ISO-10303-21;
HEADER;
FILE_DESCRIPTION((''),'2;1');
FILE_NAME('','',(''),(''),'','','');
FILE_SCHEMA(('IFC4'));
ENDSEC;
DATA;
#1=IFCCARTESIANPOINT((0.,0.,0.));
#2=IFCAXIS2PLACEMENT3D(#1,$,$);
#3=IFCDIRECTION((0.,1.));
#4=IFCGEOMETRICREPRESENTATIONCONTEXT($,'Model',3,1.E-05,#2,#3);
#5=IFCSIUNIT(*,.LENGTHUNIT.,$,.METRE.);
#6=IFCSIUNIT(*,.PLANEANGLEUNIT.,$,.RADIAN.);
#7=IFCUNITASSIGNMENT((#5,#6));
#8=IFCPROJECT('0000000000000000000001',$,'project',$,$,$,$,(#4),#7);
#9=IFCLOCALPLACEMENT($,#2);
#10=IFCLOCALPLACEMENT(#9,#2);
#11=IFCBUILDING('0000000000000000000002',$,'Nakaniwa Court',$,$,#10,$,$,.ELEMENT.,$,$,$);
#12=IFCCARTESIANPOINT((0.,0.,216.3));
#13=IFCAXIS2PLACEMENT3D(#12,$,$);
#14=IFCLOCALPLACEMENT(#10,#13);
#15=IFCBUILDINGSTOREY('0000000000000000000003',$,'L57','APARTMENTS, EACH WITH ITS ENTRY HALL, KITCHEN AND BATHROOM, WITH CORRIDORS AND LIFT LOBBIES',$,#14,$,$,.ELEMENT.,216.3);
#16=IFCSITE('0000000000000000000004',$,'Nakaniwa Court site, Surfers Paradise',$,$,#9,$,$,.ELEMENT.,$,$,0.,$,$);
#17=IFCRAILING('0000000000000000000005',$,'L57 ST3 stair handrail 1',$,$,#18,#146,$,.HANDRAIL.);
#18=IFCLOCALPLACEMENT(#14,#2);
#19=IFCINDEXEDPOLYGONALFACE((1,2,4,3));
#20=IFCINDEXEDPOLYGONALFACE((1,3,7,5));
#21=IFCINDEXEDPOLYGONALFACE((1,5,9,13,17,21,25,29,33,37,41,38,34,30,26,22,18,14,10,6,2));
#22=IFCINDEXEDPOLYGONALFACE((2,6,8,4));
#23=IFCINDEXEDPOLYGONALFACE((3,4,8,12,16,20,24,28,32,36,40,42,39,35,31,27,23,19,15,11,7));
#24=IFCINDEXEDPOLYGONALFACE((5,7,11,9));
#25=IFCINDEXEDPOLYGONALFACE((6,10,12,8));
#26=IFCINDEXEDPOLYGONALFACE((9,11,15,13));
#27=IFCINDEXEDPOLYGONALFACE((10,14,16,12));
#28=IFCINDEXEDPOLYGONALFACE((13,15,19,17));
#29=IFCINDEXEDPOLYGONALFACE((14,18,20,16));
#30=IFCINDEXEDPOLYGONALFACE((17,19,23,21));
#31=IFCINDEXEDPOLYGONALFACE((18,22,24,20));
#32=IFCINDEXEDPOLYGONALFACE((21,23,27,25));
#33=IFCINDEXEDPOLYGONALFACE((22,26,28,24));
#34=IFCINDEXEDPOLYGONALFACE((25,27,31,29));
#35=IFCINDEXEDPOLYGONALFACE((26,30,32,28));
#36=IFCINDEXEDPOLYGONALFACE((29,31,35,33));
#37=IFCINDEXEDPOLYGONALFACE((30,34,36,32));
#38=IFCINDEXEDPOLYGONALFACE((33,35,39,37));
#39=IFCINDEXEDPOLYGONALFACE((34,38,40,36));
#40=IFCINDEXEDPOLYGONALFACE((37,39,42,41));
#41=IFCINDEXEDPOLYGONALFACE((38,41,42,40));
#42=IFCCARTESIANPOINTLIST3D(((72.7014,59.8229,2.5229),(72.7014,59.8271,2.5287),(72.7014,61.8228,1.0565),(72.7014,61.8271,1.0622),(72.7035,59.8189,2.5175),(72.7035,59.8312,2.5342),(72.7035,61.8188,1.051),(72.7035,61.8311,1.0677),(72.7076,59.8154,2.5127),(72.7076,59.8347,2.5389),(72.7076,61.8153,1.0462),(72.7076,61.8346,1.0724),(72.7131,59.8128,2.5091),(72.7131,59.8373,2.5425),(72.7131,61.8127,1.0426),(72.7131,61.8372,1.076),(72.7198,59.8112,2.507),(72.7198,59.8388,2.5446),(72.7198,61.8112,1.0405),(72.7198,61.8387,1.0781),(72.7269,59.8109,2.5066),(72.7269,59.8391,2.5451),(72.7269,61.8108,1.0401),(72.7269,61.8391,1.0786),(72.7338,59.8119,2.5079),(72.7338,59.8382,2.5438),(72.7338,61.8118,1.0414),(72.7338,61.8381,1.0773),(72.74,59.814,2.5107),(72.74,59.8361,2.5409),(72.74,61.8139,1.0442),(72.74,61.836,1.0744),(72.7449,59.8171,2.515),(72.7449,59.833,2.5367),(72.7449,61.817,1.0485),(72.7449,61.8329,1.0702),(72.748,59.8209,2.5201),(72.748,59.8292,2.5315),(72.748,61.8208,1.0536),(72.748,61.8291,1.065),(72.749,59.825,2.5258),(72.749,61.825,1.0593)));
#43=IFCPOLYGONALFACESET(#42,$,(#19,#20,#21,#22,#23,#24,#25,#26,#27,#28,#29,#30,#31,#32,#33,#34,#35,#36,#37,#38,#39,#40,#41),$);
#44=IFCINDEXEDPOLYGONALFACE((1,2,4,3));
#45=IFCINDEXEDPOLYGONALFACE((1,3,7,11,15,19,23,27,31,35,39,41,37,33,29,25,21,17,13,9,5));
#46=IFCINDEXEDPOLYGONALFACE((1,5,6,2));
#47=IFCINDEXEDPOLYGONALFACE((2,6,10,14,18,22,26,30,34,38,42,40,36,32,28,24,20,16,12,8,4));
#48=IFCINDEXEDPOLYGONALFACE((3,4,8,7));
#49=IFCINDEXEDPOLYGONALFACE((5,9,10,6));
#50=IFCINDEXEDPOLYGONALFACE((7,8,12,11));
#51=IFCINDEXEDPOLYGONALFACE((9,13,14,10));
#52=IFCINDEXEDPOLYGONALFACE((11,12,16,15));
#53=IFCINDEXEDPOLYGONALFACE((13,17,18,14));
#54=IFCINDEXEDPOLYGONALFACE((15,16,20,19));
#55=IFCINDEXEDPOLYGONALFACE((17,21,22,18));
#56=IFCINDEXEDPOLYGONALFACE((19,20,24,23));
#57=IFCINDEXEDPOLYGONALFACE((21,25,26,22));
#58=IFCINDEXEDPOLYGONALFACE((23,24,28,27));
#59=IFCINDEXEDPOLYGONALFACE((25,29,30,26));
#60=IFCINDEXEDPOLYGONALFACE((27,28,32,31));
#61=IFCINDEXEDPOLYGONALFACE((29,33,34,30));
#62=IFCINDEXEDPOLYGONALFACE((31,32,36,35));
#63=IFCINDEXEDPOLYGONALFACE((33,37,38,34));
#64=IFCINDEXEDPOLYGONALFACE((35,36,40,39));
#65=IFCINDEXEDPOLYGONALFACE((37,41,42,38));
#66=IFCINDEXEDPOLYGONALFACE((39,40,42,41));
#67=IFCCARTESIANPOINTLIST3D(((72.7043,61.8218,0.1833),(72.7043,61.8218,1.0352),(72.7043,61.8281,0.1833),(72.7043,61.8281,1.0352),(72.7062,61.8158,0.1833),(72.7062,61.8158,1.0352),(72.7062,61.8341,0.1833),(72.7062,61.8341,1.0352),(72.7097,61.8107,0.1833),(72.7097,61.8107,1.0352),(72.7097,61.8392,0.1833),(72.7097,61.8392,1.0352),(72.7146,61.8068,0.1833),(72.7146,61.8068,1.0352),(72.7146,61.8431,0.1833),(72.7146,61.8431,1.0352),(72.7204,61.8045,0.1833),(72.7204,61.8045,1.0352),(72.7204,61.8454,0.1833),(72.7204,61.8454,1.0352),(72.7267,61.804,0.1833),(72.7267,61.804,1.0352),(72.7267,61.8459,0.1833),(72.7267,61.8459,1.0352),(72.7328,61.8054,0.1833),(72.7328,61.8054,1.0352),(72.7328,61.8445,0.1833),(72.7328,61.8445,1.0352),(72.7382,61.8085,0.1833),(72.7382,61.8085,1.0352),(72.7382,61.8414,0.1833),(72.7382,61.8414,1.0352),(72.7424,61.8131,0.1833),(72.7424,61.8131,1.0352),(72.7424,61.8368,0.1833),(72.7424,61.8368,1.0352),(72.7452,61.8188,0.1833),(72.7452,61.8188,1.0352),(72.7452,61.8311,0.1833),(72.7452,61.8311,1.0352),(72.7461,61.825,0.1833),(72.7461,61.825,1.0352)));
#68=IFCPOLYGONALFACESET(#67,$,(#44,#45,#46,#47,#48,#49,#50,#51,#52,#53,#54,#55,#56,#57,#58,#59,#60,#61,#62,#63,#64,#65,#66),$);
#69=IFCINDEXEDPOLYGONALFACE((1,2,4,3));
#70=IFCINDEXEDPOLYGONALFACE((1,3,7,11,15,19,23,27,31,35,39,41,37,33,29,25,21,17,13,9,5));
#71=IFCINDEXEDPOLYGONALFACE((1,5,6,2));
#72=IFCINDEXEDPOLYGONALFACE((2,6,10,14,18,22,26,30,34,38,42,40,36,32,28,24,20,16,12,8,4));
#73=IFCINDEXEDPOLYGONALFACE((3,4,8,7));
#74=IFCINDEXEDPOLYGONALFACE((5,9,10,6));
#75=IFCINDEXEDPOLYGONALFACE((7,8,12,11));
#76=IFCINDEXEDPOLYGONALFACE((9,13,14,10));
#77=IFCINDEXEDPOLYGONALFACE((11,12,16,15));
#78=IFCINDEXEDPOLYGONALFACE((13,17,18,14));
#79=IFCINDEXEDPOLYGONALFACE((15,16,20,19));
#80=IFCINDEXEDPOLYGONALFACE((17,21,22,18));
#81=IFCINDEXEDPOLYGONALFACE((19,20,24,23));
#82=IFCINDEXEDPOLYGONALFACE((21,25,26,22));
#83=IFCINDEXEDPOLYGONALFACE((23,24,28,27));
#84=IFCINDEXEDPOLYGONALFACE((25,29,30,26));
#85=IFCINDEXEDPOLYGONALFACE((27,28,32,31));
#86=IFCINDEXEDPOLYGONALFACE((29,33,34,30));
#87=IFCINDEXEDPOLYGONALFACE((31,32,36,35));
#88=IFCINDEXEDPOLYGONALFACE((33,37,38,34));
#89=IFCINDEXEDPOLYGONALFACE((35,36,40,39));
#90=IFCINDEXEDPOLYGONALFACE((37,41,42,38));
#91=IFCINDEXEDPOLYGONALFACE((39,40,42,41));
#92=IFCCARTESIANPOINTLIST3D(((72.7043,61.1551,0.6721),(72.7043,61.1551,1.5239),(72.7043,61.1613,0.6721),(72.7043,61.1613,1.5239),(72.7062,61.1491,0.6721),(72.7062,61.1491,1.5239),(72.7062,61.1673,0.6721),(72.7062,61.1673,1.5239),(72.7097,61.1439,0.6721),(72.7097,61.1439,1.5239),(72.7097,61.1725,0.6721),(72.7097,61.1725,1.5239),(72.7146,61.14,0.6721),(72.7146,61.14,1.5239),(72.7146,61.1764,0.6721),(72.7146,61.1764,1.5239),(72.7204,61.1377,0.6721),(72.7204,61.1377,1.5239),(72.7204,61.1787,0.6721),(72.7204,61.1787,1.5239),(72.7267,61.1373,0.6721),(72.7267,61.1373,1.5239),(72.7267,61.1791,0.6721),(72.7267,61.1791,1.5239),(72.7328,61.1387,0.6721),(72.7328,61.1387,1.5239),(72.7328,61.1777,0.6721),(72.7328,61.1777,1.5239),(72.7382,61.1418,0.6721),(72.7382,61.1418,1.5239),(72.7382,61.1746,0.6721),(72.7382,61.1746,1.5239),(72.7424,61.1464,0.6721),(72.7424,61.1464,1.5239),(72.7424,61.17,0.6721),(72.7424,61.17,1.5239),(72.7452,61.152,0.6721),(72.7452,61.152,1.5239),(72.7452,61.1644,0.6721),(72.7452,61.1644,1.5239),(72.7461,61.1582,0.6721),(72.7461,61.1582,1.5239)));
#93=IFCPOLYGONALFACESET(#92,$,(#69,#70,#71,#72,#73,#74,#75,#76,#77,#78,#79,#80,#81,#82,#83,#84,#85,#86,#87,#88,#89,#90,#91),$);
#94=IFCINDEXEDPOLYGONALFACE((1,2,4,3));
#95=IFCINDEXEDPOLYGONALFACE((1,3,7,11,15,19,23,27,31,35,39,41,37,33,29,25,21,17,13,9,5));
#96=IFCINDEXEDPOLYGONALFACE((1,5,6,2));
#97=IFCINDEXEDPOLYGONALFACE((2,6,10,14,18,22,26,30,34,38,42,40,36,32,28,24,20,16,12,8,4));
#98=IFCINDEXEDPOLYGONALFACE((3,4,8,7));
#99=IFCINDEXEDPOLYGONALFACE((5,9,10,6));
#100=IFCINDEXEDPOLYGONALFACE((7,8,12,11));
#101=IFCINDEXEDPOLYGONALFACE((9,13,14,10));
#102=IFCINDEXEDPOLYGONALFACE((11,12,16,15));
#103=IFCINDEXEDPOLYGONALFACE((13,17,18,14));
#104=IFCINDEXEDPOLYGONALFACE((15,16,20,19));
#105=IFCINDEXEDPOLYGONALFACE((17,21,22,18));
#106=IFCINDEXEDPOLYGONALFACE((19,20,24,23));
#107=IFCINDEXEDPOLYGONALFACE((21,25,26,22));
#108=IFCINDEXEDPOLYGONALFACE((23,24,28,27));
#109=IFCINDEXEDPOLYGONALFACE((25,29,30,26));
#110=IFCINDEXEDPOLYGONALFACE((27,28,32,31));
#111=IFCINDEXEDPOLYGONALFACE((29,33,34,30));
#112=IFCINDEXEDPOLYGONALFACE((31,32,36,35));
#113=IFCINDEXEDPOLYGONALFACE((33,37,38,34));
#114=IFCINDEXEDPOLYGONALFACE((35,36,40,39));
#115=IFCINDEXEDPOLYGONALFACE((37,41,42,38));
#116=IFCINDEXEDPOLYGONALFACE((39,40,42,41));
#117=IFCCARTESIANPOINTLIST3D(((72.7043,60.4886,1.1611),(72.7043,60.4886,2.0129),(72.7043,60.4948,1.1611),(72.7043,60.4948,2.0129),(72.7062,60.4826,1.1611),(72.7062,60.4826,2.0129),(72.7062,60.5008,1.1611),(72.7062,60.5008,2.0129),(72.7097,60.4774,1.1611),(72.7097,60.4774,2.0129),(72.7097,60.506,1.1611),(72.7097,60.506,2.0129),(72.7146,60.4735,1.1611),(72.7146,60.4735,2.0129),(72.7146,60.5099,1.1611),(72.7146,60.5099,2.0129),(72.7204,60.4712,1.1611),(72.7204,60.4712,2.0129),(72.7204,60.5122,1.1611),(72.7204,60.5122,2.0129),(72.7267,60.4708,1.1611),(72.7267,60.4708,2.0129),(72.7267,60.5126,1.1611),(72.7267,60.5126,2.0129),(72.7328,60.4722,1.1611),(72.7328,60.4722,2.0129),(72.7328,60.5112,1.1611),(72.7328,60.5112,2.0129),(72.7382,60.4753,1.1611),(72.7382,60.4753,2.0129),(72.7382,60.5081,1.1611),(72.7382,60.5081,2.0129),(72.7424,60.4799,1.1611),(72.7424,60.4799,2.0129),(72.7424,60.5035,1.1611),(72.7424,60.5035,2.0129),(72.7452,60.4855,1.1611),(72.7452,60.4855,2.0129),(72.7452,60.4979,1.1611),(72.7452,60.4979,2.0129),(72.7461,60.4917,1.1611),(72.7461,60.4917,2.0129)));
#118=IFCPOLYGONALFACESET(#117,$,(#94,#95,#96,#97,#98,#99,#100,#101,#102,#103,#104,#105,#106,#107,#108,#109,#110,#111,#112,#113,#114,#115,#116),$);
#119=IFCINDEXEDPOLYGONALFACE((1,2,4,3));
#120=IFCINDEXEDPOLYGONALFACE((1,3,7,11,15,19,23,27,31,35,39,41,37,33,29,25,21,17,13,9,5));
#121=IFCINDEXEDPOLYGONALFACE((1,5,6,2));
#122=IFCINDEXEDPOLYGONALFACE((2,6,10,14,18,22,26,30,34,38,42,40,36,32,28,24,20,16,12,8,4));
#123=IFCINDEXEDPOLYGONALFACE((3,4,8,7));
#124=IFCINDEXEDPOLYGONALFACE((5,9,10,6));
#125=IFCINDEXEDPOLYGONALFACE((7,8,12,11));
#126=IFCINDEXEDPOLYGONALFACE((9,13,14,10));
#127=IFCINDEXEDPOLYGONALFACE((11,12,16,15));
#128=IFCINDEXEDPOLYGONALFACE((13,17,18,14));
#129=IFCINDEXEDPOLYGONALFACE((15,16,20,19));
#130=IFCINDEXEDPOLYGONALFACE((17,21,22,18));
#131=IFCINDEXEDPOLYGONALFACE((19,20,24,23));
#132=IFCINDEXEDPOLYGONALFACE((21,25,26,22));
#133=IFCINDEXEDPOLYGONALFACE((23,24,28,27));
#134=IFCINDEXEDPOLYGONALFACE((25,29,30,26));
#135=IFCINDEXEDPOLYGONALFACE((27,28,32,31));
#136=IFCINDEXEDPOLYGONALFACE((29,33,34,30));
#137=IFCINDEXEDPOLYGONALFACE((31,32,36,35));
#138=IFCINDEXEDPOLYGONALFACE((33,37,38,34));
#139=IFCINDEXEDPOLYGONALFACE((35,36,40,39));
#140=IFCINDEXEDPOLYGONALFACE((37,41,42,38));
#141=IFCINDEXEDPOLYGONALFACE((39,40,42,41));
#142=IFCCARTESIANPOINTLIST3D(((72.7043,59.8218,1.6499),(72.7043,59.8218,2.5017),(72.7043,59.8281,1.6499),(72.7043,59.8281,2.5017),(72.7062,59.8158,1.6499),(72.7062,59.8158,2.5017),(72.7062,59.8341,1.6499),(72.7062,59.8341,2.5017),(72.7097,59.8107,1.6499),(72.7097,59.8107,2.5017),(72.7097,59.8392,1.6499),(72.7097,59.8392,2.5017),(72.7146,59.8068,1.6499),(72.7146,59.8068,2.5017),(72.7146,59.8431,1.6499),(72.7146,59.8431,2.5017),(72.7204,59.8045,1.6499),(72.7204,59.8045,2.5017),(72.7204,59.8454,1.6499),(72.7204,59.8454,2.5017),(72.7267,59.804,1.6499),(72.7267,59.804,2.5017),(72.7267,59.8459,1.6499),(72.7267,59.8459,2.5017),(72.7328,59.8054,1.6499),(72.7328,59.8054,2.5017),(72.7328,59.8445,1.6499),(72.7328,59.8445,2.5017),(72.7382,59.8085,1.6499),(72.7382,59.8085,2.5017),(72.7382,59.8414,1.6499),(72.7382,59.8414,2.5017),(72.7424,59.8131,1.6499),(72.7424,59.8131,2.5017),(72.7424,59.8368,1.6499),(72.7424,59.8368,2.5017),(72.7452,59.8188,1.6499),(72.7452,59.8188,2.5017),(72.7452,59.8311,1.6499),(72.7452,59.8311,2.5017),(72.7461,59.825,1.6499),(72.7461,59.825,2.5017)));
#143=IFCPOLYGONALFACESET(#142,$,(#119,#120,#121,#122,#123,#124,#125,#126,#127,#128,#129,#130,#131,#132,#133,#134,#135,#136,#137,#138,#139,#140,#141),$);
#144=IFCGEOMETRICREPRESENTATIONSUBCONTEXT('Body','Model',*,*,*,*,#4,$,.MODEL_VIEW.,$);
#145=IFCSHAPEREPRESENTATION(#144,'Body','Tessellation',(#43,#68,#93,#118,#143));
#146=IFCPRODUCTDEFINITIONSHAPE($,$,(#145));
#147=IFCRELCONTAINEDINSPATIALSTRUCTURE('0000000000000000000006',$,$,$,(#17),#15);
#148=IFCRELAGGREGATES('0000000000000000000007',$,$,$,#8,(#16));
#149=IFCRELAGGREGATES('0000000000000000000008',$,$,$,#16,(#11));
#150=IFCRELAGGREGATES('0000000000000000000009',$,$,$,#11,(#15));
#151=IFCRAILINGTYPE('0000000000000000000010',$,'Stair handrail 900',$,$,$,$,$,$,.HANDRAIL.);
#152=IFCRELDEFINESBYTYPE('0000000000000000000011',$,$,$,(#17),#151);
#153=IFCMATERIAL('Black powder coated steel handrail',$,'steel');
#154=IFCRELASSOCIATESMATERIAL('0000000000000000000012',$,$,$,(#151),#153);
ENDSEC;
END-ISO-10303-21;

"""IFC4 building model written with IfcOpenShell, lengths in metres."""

from ifc_helpers import new_model, si_unit, direction, frame, origin, origin_2d, place, context, subcontext, project, spatial, circle, extrude, material, type_object, element, save


model = new_model("IFC4")

# Units and contexts
model_context = context("Model", 3, precision=1e-05, world=origin(), true_north=direction((0.0, 1.0)))
body_context = subcontext(model_context, "Body", "Model", "MODEL_VIEW")
ifc_project = project(units=[si_unit("LENGTHUNIT", "METRE"), si_unit("PLANEANGLEUNIT", "RADIAN")], contexts=[model_context])

# Site, building, storey
site_placement = place(None, origin())
site = spatial("IfcSite", under=ifc_project, at=site_placement, Name="Nakaniwa Court site, Surfers Paradise", CompositionType="ELEMENT", RefElevation=0.0)
building_placement = place(site_placement, origin())
building = spatial("IfcBuilding", under=site, at=building_placement, Name="Nakaniwa Court", CompositionType="ELEMENT")
storey_placement = place(building_placement, frame((0.0, 0.0, 216.3)))
storey = spatial("IfcBuildingStorey", under=building, at=storey_placement, Name="L57", Description="APARTMENTS, EACH WITH ITS ENTRY HALL, KITCHEN AND BATHROOM, WITH CORRIDORS AND LIFT LOBBIES", CompositionType="ELEMENT", Elevation=216.3)

# Railing
ifc_material_1 = material(Name="Black powder coated steel handrail", Category="steel")
railing_type_1 = type_object("IfcRailingType", Name="Stair handrail 900", PredefinedType="HANDRAIL", material=ifc_material_1)
railing_1_placement = place(storey_placement, frame((72.7251, 61.825, 0.1833)))
element("IfcRailing", 1, at=railing_1_placement, inside=storey, type_object=railing_type_1, Name="L57 ST3 stair handrail 1", PredefinedType="HANDRAIL", context=body_context, shape_type="SweptSolid", body=[
    extrude(circle(Radius=0.0239, at=origin_2d()), frame((0.0, 0.0, 0.876), z_axis=(0.0, -0.806427, 0.591334), x_axis=(1.0, 0.0, 0.0)), (0.0, 0.0, 1.0), 2.48),
    extrude(circle(Radius=0.021, at=origin_2d()), origin(), (0.0, 0.0, 1.0), 0.8518),
    extrude(circle(Radius=0.021, at=origin_2d()), frame((0.0, -0.6667, 0.4888)), (0.0, 0.0, 1.0), 0.8518),
    extrude(circle(Radius=0.021, at=origin_2d()), frame((0.0, -1.3333, 0.9778)), (0.0, 0.0, 1.0), 0.8518),
    extrude(circle(Radius=0.021, at=origin_2d()), frame((0.0, -2.0, 1.4666)), (0.0, 0.0, 1.0), 0.8518),
])

save(model, "model.ifc")
